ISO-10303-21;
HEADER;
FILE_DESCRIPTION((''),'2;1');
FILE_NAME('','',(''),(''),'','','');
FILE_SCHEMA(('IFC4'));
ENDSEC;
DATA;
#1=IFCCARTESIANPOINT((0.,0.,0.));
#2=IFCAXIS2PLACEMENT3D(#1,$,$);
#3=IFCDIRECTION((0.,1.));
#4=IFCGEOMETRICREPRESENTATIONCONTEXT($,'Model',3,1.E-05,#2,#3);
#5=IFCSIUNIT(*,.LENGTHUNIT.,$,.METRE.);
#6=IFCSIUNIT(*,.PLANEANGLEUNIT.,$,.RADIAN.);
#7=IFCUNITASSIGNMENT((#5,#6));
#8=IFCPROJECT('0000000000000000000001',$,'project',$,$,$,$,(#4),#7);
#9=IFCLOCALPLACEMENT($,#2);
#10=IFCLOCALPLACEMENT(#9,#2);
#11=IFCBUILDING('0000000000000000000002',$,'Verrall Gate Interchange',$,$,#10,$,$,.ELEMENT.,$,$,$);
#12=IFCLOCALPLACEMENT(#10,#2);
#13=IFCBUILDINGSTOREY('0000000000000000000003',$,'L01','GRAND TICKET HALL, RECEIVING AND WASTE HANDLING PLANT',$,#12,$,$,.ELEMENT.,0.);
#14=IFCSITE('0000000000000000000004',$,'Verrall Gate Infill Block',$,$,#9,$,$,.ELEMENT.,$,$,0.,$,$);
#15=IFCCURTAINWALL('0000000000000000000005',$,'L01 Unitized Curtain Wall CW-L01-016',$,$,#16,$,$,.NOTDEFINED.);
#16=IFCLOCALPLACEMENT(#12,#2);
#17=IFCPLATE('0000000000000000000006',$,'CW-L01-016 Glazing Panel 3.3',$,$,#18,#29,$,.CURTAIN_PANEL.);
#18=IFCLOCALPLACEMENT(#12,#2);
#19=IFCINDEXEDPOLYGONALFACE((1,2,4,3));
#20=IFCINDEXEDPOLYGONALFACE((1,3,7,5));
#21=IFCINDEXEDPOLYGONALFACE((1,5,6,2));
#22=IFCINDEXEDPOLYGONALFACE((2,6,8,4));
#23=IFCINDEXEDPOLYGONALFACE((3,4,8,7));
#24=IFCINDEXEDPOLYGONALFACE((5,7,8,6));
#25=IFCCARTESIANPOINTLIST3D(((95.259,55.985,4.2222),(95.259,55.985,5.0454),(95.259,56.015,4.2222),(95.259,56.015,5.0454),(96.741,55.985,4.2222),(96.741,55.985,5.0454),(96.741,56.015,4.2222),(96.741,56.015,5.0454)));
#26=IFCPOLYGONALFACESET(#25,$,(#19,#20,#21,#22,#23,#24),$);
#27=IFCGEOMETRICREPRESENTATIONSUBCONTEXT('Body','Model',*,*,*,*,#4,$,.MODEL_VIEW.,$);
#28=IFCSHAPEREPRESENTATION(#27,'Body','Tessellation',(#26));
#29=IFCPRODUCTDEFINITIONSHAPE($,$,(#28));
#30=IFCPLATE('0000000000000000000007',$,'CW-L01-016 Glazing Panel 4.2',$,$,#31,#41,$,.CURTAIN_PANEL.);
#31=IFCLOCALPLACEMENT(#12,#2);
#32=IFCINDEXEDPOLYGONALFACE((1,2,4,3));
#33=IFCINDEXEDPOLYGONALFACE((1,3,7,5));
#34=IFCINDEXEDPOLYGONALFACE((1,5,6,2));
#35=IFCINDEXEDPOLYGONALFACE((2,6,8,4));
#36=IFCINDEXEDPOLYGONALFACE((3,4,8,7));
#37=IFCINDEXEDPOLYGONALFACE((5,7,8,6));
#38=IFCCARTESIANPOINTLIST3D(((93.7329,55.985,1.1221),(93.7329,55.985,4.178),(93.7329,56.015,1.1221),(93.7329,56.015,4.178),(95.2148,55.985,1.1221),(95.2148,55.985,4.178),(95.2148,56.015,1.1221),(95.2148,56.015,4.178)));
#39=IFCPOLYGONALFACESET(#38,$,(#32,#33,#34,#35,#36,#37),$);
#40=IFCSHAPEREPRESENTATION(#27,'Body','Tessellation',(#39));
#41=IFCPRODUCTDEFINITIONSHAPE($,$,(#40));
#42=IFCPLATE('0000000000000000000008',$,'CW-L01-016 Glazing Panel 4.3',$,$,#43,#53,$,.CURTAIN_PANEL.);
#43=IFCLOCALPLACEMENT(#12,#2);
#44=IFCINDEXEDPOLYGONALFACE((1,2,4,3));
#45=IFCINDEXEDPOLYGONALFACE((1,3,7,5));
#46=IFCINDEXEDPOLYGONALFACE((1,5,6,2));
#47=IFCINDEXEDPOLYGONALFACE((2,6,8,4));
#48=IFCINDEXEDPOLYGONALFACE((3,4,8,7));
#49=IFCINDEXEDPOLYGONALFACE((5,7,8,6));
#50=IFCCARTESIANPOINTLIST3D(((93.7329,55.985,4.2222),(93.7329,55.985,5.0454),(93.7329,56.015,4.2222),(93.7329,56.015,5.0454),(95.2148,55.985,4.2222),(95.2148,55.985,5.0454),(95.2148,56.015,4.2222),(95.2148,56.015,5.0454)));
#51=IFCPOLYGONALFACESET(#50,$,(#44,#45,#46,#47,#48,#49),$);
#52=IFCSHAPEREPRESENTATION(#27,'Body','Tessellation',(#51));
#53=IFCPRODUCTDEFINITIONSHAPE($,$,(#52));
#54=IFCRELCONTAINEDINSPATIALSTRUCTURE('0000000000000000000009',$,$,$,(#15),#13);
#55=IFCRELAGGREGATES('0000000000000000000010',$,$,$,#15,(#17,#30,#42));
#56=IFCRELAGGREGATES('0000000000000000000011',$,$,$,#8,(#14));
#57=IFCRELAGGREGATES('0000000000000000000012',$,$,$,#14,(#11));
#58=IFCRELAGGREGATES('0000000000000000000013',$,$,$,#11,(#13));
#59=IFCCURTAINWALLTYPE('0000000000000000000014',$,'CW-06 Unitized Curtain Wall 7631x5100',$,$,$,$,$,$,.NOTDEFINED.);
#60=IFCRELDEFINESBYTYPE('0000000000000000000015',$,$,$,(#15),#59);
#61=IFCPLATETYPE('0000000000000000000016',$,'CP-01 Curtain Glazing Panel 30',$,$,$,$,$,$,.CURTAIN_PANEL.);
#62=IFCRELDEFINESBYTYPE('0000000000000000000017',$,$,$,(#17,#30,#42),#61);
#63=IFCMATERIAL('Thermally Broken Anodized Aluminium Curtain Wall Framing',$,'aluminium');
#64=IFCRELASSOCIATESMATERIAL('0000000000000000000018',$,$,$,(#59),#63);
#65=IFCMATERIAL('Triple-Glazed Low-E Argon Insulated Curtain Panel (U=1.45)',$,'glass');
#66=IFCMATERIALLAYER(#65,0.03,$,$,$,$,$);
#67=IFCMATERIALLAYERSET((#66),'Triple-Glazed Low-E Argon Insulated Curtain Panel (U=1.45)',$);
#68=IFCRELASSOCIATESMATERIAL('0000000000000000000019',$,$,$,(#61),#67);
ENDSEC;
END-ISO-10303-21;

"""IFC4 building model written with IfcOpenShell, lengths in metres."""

from ifc_helpers import new_model, si_unit, direction, frame, origin, origin_2d, place, context, subcontext, project, spatial, rectangle, extrude, material, layer, layer_set, type_object, element, aggregate, save


model = new_model("IFC4")

# Units and contexts
model_context = context("Model", 3, precision=1e-05, world=origin(), true_north=direction((0.0, 1.0)))
body_context = subcontext(model_context, "Body", "Model", "MODEL_VIEW")
ifc_project = project(units=[si_unit("LENGTHUNIT", "METRE"), si_unit("PLANEANGLEUNIT", "RADIAN")], contexts=[model_context])

# Site, building, storey
site_placement = place(None, origin())
site = spatial("IfcSite", under=ifc_project, at=site_placement, Name="Verrall Gate Infill Block", CompositionType="ELEMENT", RefElevation=0.0)
building_placement = place(site_placement, origin())
building = spatial("IfcBuilding", under=site, at=building_placement, Name="Verrall Gate Interchange", CompositionType="ELEMENT")
storey_placement = place(building_placement, origin())
storey = spatial("IfcBuildingStorey", under=building, at=storey_placement, Name="L01", Description="GRAND TICKET HALL, RECEIVING AND WASTE HANDLING PLANT", CompositionType="ELEMENT", Elevation=0.0)

# Curtain wall
ifc_material_1 = material(Name="Thermally Broken Anodized Aluminium Curtain Wall Framing", Category="aluminium")
curtain_wall_type = type_object("IfcCurtainWallType", Name="CW-06 Unitized Curtain Wall 7631x5100", PredefinedType="NOTDEFINED", material=ifc_material_1)
curtain_wall_placement = place(storey_placement, origin())
curtain_wall = element("IfcCurtainWall", 1, at=curtain_wall_placement, inside=storey, type_object=curtain_wall_type, Name="L01 Unitized Curtain Wall CW-L01-016", PredefinedType="NOTDEFINED")

# Plates
ifc_material_2 = material(Name="Triple-Glazed Low-E Argon Insulated Curtain Panel (U=1.45)", Category="glass")
ifc_layer_1 = layer(ifc_material_2, 0.03)
ifc_layer_set_1 = layer_set([ifc_layer_1], Name="Triple-Glazed Low-E Argon Insulated Curtain Panel (U=1.45)")
plate_type_1 = type_object("IfcPlateType", Name="CP-01 Curtain Glazing Panel 30", PredefinedType="CURTAIN_PANEL", material=ifc_layer_set_1)
plate_1_placement = place(storey_placement, frame((96.0, 56.0, 4.2222), z_axis=(0.0, 0.0, 1.0), x_axis=(-1.0, 0.0, 0.0)))
plate_1 = element("IfcPlate", 2, at=plate_1_placement, type_object=plate_type_1, Name="CW-L01-016 Glazing Panel 3.3", PredefinedType="CURTAIN_PANEL", context=body_context, shape_type="SweptSolid", body=[
    extrude(rectangle(XDim=1.4819, YDim=0.03, at=origin_2d()), origin(), (0.0, 0.0, 1.0), 0.8232),
])
plate_2_placement = place(storey_placement, frame((94.4739, 56.0, 1.1221), z_axis=(0.0, 0.0, 1.0), x_axis=(-1.0, 0.0, 0.0)))
plate_2 = element("IfcPlate", 3, at=plate_2_placement, type_object=plate_type_1, Name="CW-L01-016 Glazing Panel 4.2", PredefinedType="CURTAIN_PANEL", context=body_context, shape_type="SweptSolid", body=[
    extrude(rectangle(XDim=1.4819, YDim=0.03, at=origin_2d()), origin(), (0.0, 0.0, 1.0), 3.0559),
])
plate_3_placement = place(storey_placement, frame((94.4739, 56.0, 4.2222), z_axis=(0.0, 0.0, 1.0), x_axis=(-1.0, 0.0, 0.0)))
plate_3 = element("IfcPlate", 4, at=plate_3_placement, type_object=plate_type_1, Name="CW-L01-016 Glazing Panel 4.3", PredefinedType="CURTAIN_PANEL", context=body_context, shape_type="SweptSolid", body=[
    extrude(rectangle(XDim=1.4819, YDim=0.03, at=origin_2d()), origin(), (0.0, 0.0, 1.0), 0.8232),
])
aggregate(curtain_wall, [plate_1, plate_2, plate_3])

save(model, "model.ifc")
